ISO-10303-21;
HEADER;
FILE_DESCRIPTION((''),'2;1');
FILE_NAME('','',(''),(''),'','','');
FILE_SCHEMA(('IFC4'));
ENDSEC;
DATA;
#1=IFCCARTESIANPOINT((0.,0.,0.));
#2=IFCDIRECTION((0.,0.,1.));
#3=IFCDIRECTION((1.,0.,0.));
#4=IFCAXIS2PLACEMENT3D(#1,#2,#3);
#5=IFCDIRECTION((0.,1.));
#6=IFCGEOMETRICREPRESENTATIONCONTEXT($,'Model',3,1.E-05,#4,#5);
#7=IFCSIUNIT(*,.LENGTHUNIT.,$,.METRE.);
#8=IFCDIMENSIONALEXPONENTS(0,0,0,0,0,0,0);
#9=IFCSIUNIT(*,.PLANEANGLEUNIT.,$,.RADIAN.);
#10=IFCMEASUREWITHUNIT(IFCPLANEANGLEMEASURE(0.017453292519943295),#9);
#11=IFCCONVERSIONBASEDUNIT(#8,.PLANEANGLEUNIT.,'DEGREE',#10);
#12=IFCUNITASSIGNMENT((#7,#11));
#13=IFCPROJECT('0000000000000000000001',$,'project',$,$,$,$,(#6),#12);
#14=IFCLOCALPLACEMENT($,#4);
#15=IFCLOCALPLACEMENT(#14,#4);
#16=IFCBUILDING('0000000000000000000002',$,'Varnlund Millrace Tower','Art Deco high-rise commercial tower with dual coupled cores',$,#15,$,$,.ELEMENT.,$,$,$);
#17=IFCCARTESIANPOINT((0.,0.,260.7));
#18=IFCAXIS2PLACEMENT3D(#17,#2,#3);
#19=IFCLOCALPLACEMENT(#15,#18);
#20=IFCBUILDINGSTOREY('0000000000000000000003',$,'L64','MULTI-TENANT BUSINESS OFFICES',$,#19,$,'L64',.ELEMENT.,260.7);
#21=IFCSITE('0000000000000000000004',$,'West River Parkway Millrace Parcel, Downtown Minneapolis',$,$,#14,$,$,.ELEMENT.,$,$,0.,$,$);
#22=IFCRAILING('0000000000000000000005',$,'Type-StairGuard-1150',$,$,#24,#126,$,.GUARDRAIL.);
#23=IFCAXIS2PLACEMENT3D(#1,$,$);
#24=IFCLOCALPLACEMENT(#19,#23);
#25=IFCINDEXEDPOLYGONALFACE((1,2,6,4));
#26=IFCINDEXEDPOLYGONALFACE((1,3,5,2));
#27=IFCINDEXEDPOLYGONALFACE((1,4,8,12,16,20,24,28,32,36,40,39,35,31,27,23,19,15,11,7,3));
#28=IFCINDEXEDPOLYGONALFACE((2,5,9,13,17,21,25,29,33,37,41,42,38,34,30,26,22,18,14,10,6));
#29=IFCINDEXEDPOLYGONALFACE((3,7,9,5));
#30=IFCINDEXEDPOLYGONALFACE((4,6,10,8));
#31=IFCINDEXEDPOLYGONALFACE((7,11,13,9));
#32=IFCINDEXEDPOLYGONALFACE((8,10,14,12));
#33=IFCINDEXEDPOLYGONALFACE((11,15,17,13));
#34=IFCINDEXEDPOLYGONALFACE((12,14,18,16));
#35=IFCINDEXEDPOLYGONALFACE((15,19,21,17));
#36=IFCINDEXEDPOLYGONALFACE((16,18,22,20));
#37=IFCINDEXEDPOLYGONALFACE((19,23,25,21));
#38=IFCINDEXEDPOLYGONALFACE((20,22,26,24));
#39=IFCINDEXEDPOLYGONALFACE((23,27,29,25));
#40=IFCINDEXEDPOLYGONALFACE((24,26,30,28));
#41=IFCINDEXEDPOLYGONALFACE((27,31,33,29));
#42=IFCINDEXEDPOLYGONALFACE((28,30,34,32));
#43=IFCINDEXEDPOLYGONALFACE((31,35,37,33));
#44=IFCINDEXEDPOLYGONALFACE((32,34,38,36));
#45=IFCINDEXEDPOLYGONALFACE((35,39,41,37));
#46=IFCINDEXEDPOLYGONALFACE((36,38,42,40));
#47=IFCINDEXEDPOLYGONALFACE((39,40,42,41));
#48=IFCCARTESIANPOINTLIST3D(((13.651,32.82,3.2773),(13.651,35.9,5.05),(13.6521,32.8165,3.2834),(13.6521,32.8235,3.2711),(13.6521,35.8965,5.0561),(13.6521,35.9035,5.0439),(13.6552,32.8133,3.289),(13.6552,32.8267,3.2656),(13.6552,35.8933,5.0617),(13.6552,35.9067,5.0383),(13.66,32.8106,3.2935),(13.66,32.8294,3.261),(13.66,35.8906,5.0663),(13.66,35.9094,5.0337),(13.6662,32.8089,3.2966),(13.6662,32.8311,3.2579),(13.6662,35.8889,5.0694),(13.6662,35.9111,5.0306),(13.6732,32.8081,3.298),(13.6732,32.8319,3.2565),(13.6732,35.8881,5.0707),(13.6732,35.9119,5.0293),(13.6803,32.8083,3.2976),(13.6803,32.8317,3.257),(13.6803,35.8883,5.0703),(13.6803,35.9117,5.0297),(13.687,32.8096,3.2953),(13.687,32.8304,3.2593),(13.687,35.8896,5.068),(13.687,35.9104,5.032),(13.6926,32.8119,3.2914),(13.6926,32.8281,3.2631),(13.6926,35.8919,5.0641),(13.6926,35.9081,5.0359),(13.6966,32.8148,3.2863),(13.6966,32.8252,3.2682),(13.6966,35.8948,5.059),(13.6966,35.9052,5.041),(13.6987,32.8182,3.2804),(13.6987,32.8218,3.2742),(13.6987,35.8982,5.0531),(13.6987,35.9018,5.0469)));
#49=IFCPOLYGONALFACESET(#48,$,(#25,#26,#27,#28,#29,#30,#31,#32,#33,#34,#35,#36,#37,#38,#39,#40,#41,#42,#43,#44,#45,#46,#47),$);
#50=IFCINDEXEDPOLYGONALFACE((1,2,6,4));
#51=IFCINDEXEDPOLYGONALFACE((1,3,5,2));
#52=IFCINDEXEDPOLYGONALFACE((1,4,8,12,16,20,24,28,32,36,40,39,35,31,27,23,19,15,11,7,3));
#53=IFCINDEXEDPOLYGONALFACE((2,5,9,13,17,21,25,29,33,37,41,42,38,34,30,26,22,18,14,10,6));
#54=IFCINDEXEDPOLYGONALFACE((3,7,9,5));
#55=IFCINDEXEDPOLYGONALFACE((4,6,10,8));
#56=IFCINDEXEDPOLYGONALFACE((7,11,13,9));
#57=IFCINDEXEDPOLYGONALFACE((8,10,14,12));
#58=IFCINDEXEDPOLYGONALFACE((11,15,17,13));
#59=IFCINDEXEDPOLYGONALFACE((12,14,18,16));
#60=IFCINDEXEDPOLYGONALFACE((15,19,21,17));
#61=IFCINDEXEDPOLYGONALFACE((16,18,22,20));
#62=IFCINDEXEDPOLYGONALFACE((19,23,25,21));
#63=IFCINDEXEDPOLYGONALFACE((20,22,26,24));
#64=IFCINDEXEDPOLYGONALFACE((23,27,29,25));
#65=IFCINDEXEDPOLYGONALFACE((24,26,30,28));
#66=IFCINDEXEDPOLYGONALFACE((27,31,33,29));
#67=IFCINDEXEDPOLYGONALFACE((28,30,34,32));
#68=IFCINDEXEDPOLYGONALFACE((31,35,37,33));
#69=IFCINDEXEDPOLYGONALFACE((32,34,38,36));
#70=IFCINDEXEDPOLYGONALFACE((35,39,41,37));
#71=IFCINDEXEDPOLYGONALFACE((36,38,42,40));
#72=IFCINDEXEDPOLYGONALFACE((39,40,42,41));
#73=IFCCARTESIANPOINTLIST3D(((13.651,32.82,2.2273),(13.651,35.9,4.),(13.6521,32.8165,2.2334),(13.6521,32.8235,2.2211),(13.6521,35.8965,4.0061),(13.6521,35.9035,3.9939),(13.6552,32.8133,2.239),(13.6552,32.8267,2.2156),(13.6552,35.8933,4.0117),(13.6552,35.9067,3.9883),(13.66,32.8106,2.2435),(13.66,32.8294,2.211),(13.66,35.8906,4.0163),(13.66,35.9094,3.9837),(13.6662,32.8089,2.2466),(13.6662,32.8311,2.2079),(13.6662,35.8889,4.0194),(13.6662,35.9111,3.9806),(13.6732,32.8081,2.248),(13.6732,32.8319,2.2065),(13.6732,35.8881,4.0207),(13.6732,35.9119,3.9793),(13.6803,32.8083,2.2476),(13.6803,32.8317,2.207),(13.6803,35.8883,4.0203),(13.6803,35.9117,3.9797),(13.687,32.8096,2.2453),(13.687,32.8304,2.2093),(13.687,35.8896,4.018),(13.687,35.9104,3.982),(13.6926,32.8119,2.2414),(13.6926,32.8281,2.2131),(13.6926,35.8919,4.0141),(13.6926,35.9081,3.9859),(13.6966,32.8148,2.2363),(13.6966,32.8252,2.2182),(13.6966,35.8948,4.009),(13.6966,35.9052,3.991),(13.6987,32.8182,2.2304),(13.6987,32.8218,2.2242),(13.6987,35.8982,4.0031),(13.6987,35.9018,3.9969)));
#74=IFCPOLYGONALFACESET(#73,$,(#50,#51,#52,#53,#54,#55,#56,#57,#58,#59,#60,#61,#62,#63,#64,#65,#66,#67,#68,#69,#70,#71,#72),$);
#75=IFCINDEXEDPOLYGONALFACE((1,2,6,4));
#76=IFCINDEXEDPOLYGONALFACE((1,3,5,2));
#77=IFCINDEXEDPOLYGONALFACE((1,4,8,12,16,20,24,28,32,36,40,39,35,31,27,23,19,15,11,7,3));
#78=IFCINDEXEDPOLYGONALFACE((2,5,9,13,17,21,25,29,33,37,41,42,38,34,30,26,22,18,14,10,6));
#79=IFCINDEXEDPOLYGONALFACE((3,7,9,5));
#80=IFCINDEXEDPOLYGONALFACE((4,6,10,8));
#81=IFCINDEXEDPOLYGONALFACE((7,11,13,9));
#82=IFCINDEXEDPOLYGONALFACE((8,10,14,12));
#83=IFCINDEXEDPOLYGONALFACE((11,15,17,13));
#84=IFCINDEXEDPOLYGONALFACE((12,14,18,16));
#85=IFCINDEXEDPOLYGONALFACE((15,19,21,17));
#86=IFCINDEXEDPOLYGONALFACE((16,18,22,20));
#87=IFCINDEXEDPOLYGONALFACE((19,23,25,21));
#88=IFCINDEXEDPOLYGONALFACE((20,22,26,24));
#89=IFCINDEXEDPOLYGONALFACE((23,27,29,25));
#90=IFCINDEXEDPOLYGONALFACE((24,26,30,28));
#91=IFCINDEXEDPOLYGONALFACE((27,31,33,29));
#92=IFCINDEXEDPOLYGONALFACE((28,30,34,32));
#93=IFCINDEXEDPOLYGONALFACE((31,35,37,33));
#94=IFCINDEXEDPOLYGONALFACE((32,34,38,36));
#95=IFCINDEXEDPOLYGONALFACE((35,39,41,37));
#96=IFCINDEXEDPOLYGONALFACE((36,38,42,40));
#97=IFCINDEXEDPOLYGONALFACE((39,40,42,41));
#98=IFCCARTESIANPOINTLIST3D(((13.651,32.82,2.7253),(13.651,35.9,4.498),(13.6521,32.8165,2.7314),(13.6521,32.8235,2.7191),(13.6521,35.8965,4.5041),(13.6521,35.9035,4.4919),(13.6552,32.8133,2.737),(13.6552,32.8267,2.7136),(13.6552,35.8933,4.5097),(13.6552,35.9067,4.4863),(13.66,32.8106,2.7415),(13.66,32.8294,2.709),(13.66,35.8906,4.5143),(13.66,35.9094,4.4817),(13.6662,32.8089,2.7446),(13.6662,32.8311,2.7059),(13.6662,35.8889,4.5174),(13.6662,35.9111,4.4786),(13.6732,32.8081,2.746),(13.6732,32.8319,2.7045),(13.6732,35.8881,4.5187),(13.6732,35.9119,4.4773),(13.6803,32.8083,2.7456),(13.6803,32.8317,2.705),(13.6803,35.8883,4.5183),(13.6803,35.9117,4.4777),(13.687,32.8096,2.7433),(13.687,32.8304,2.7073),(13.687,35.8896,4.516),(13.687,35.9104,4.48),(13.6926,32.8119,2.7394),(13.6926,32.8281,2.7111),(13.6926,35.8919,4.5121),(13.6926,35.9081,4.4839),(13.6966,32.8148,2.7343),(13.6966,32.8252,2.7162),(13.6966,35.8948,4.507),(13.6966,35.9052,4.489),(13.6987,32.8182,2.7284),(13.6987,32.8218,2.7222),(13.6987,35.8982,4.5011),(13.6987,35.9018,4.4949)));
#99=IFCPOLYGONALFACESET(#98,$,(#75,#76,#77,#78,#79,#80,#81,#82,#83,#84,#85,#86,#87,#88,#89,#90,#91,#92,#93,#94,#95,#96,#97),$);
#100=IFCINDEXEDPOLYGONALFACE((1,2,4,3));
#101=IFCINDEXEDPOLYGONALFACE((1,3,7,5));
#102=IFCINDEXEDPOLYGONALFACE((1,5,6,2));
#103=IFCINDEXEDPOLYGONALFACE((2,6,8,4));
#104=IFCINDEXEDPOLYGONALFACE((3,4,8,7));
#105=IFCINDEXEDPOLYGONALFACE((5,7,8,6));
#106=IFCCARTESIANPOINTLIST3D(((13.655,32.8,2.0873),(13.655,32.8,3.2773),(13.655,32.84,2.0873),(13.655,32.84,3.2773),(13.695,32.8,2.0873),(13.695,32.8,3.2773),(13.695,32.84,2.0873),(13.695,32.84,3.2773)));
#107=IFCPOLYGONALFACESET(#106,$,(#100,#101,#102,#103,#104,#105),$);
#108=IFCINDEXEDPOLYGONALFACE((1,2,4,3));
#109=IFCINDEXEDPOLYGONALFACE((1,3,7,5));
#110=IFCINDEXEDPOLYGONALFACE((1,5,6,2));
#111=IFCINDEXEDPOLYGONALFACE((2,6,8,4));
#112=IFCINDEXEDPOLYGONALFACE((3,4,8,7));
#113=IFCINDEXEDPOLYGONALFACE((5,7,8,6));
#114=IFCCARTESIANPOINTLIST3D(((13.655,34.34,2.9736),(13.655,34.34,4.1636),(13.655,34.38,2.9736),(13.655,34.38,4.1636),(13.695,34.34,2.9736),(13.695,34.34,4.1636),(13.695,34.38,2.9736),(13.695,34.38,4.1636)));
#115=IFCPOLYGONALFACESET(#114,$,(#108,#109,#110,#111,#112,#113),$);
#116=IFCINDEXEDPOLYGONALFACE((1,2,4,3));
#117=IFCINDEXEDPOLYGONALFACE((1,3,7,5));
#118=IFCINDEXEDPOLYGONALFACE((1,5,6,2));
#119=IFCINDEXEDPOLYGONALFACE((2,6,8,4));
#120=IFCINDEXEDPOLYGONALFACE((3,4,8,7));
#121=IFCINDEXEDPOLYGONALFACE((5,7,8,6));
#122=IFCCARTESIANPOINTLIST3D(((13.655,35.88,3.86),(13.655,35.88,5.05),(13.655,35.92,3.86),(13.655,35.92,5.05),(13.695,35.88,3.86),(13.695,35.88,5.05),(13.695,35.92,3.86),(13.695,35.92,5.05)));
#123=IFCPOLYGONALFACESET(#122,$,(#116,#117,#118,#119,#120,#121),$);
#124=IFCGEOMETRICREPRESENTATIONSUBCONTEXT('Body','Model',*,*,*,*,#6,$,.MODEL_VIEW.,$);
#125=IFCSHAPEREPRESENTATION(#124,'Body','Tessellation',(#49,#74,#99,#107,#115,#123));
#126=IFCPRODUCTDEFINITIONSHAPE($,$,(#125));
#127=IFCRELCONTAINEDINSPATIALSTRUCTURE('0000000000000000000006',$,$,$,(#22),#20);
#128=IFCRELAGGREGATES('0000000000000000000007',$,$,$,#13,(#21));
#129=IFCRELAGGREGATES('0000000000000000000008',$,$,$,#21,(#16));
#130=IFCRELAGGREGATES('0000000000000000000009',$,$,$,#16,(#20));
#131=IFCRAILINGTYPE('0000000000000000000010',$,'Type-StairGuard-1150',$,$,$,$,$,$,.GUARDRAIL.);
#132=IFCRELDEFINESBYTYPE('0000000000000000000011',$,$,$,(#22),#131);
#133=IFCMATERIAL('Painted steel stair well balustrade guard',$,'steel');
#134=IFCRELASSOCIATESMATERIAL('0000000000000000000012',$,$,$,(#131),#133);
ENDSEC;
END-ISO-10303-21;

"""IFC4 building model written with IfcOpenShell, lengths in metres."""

from ifc_helpers import new_model, entity, si_unit, converted_unit, direction, frame, origin_with_axes, origin_2d_with_axis, place, context, subcontext, project, spatial, rectangle, circle, extrude, material, type_object, element, save


model = new_model("IFC4")

# Units and contexts
model_context = context("Model", 3, precision=1e-05, world=origin_with_axes(), true_north=direction((0.0, 1.0)))
body_context = subcontext(model_context, "Body", "Model", "MODEL_VIEW")
ifc_project = project(units=[si_unit("LENGTHUNIT", "METRE"), converted_unit("PLANEANGLEUNIT", "DEGREE", entity("IfcPlaneAngleMeasure", 0.017453292519943295), si_unit("PLANEANGLEUNIT", "RADIAN"), dimensions=[0, 0, 0, 0, 0, 0, 0])], contexts=[model_context])

# Site, building, storey
site_placement = place(None, origin_with_axes())
site = spatial("IfcSite", under=ifc_project, at=site_placement, Name="West River Parkway Millrace Parcel, Downtown Minneapolis", CompositionType="ELEMENT", RefElevation=0.0)
building_placement = place(site_placement, origin_with_axes())
building = spatial("IfcBuilding", under=site, at=building_placement, Name="Varnlund Millrace Tower", Description="Art Deco high-rise commercial tower with dual coupled cores", CompositionType="ELEMENT")
storey_placement = place(building_placement, frame((0.0, 0.0, 260.7), z_axis=(0.0, 0.0, 1.0), x_axis=(1.0, 0.0, 0.0)))
storey = spatial("IfcBuildingStorey", under=building, at=storey_placement, Name="L64", Description="MULTI-TENANT BUSINESS OFFICES", LongName="L64", CompositionType="ELEMENT", Elevation=260.7)

# Railing
ifc_material_1 = material(Name="Painted steel stair well balustrade guard", Category="steel")
railing_type_1 = type_object("IfcRailingType", Name="Type-StairGuard-1150", PredefinedType="GUARDRAIL", material=ifc_material_1)
railing_1_placement = place(storey_placement, frame((0.0, 0.0, -260.7), z_axis=(0.0, 0.0, 1.0), x_axis=(1.0, 0.0, 0.0)))
element("IfcRailing", 1, at=railing_1_placement, inside=storey, type_object=railing_type_1, Name="Type-StairGuard-1150", PredefinedType="GUARDRAIL", context=body_context, shape_type="SweptSolid", body=[
    extrude(circle(Radius=0.024, at=origin_2d_with_axis()), frame((13.675, 32.82, 263.9773), z_axis=(0.0, 0.866696, 0.498836), x_axis=(-1.0, 0.0, 0.0)), (0.0, 0.0, 1.0), 3.5537),
    extrude(circle(Radius=0.024, at=origin_2d_with_axis()), frame((13.675, 32.82, 262.9273), z_axis=(0.0, 0.866696, 0.498836), x_axis=(-1.0, 0.0, 0.0)), (0.0, 0.0, 1.0), 3.5537),
    extrude(circle(Radius=0.024, at=origin_2d_with_axis()), frame((13.675, 32.82, 263.4253), z_axis=(0.0, 0.866696, 0.498836), x_axis=(-1.0, 0.0, 0.0)), (0.0, 0.0, 1.0), 3.5537),
    extrude(rectangle(XDim=0.04, YDim=0.04, at=origin_2d_with_axis()), frame((13.675, 32.82, 262.7873), z_axis=(0.0, 0.0, 1.0), x_axis=(1.0, 0.0, 0.0)), (0.0, 0.0, 1.0), 1.19),
    extrude(rectangle(XDim=0.04, YDim=0.04, at=origin_2d_with_axis()), frame((13.675, 34.36, 263.6736), z_axis=(0.0, 0.0, 1.0), x_axis=(1.0, 0.0, 0.0)), (0.0, 0.0, 1.0), 1.19),
    extrude(rectangle(XDim=0.04, YDim=0.04, at=origin_2d_with_axis()), frame((13.675, 35.9, 264.56), z_axis=(0.0, 0.0, 1.0), x_axis=(1.0, 0.0, 0.0)), (0.0, 0.0, 1.0), 1.19),
])

save(model, "model.ifc")
